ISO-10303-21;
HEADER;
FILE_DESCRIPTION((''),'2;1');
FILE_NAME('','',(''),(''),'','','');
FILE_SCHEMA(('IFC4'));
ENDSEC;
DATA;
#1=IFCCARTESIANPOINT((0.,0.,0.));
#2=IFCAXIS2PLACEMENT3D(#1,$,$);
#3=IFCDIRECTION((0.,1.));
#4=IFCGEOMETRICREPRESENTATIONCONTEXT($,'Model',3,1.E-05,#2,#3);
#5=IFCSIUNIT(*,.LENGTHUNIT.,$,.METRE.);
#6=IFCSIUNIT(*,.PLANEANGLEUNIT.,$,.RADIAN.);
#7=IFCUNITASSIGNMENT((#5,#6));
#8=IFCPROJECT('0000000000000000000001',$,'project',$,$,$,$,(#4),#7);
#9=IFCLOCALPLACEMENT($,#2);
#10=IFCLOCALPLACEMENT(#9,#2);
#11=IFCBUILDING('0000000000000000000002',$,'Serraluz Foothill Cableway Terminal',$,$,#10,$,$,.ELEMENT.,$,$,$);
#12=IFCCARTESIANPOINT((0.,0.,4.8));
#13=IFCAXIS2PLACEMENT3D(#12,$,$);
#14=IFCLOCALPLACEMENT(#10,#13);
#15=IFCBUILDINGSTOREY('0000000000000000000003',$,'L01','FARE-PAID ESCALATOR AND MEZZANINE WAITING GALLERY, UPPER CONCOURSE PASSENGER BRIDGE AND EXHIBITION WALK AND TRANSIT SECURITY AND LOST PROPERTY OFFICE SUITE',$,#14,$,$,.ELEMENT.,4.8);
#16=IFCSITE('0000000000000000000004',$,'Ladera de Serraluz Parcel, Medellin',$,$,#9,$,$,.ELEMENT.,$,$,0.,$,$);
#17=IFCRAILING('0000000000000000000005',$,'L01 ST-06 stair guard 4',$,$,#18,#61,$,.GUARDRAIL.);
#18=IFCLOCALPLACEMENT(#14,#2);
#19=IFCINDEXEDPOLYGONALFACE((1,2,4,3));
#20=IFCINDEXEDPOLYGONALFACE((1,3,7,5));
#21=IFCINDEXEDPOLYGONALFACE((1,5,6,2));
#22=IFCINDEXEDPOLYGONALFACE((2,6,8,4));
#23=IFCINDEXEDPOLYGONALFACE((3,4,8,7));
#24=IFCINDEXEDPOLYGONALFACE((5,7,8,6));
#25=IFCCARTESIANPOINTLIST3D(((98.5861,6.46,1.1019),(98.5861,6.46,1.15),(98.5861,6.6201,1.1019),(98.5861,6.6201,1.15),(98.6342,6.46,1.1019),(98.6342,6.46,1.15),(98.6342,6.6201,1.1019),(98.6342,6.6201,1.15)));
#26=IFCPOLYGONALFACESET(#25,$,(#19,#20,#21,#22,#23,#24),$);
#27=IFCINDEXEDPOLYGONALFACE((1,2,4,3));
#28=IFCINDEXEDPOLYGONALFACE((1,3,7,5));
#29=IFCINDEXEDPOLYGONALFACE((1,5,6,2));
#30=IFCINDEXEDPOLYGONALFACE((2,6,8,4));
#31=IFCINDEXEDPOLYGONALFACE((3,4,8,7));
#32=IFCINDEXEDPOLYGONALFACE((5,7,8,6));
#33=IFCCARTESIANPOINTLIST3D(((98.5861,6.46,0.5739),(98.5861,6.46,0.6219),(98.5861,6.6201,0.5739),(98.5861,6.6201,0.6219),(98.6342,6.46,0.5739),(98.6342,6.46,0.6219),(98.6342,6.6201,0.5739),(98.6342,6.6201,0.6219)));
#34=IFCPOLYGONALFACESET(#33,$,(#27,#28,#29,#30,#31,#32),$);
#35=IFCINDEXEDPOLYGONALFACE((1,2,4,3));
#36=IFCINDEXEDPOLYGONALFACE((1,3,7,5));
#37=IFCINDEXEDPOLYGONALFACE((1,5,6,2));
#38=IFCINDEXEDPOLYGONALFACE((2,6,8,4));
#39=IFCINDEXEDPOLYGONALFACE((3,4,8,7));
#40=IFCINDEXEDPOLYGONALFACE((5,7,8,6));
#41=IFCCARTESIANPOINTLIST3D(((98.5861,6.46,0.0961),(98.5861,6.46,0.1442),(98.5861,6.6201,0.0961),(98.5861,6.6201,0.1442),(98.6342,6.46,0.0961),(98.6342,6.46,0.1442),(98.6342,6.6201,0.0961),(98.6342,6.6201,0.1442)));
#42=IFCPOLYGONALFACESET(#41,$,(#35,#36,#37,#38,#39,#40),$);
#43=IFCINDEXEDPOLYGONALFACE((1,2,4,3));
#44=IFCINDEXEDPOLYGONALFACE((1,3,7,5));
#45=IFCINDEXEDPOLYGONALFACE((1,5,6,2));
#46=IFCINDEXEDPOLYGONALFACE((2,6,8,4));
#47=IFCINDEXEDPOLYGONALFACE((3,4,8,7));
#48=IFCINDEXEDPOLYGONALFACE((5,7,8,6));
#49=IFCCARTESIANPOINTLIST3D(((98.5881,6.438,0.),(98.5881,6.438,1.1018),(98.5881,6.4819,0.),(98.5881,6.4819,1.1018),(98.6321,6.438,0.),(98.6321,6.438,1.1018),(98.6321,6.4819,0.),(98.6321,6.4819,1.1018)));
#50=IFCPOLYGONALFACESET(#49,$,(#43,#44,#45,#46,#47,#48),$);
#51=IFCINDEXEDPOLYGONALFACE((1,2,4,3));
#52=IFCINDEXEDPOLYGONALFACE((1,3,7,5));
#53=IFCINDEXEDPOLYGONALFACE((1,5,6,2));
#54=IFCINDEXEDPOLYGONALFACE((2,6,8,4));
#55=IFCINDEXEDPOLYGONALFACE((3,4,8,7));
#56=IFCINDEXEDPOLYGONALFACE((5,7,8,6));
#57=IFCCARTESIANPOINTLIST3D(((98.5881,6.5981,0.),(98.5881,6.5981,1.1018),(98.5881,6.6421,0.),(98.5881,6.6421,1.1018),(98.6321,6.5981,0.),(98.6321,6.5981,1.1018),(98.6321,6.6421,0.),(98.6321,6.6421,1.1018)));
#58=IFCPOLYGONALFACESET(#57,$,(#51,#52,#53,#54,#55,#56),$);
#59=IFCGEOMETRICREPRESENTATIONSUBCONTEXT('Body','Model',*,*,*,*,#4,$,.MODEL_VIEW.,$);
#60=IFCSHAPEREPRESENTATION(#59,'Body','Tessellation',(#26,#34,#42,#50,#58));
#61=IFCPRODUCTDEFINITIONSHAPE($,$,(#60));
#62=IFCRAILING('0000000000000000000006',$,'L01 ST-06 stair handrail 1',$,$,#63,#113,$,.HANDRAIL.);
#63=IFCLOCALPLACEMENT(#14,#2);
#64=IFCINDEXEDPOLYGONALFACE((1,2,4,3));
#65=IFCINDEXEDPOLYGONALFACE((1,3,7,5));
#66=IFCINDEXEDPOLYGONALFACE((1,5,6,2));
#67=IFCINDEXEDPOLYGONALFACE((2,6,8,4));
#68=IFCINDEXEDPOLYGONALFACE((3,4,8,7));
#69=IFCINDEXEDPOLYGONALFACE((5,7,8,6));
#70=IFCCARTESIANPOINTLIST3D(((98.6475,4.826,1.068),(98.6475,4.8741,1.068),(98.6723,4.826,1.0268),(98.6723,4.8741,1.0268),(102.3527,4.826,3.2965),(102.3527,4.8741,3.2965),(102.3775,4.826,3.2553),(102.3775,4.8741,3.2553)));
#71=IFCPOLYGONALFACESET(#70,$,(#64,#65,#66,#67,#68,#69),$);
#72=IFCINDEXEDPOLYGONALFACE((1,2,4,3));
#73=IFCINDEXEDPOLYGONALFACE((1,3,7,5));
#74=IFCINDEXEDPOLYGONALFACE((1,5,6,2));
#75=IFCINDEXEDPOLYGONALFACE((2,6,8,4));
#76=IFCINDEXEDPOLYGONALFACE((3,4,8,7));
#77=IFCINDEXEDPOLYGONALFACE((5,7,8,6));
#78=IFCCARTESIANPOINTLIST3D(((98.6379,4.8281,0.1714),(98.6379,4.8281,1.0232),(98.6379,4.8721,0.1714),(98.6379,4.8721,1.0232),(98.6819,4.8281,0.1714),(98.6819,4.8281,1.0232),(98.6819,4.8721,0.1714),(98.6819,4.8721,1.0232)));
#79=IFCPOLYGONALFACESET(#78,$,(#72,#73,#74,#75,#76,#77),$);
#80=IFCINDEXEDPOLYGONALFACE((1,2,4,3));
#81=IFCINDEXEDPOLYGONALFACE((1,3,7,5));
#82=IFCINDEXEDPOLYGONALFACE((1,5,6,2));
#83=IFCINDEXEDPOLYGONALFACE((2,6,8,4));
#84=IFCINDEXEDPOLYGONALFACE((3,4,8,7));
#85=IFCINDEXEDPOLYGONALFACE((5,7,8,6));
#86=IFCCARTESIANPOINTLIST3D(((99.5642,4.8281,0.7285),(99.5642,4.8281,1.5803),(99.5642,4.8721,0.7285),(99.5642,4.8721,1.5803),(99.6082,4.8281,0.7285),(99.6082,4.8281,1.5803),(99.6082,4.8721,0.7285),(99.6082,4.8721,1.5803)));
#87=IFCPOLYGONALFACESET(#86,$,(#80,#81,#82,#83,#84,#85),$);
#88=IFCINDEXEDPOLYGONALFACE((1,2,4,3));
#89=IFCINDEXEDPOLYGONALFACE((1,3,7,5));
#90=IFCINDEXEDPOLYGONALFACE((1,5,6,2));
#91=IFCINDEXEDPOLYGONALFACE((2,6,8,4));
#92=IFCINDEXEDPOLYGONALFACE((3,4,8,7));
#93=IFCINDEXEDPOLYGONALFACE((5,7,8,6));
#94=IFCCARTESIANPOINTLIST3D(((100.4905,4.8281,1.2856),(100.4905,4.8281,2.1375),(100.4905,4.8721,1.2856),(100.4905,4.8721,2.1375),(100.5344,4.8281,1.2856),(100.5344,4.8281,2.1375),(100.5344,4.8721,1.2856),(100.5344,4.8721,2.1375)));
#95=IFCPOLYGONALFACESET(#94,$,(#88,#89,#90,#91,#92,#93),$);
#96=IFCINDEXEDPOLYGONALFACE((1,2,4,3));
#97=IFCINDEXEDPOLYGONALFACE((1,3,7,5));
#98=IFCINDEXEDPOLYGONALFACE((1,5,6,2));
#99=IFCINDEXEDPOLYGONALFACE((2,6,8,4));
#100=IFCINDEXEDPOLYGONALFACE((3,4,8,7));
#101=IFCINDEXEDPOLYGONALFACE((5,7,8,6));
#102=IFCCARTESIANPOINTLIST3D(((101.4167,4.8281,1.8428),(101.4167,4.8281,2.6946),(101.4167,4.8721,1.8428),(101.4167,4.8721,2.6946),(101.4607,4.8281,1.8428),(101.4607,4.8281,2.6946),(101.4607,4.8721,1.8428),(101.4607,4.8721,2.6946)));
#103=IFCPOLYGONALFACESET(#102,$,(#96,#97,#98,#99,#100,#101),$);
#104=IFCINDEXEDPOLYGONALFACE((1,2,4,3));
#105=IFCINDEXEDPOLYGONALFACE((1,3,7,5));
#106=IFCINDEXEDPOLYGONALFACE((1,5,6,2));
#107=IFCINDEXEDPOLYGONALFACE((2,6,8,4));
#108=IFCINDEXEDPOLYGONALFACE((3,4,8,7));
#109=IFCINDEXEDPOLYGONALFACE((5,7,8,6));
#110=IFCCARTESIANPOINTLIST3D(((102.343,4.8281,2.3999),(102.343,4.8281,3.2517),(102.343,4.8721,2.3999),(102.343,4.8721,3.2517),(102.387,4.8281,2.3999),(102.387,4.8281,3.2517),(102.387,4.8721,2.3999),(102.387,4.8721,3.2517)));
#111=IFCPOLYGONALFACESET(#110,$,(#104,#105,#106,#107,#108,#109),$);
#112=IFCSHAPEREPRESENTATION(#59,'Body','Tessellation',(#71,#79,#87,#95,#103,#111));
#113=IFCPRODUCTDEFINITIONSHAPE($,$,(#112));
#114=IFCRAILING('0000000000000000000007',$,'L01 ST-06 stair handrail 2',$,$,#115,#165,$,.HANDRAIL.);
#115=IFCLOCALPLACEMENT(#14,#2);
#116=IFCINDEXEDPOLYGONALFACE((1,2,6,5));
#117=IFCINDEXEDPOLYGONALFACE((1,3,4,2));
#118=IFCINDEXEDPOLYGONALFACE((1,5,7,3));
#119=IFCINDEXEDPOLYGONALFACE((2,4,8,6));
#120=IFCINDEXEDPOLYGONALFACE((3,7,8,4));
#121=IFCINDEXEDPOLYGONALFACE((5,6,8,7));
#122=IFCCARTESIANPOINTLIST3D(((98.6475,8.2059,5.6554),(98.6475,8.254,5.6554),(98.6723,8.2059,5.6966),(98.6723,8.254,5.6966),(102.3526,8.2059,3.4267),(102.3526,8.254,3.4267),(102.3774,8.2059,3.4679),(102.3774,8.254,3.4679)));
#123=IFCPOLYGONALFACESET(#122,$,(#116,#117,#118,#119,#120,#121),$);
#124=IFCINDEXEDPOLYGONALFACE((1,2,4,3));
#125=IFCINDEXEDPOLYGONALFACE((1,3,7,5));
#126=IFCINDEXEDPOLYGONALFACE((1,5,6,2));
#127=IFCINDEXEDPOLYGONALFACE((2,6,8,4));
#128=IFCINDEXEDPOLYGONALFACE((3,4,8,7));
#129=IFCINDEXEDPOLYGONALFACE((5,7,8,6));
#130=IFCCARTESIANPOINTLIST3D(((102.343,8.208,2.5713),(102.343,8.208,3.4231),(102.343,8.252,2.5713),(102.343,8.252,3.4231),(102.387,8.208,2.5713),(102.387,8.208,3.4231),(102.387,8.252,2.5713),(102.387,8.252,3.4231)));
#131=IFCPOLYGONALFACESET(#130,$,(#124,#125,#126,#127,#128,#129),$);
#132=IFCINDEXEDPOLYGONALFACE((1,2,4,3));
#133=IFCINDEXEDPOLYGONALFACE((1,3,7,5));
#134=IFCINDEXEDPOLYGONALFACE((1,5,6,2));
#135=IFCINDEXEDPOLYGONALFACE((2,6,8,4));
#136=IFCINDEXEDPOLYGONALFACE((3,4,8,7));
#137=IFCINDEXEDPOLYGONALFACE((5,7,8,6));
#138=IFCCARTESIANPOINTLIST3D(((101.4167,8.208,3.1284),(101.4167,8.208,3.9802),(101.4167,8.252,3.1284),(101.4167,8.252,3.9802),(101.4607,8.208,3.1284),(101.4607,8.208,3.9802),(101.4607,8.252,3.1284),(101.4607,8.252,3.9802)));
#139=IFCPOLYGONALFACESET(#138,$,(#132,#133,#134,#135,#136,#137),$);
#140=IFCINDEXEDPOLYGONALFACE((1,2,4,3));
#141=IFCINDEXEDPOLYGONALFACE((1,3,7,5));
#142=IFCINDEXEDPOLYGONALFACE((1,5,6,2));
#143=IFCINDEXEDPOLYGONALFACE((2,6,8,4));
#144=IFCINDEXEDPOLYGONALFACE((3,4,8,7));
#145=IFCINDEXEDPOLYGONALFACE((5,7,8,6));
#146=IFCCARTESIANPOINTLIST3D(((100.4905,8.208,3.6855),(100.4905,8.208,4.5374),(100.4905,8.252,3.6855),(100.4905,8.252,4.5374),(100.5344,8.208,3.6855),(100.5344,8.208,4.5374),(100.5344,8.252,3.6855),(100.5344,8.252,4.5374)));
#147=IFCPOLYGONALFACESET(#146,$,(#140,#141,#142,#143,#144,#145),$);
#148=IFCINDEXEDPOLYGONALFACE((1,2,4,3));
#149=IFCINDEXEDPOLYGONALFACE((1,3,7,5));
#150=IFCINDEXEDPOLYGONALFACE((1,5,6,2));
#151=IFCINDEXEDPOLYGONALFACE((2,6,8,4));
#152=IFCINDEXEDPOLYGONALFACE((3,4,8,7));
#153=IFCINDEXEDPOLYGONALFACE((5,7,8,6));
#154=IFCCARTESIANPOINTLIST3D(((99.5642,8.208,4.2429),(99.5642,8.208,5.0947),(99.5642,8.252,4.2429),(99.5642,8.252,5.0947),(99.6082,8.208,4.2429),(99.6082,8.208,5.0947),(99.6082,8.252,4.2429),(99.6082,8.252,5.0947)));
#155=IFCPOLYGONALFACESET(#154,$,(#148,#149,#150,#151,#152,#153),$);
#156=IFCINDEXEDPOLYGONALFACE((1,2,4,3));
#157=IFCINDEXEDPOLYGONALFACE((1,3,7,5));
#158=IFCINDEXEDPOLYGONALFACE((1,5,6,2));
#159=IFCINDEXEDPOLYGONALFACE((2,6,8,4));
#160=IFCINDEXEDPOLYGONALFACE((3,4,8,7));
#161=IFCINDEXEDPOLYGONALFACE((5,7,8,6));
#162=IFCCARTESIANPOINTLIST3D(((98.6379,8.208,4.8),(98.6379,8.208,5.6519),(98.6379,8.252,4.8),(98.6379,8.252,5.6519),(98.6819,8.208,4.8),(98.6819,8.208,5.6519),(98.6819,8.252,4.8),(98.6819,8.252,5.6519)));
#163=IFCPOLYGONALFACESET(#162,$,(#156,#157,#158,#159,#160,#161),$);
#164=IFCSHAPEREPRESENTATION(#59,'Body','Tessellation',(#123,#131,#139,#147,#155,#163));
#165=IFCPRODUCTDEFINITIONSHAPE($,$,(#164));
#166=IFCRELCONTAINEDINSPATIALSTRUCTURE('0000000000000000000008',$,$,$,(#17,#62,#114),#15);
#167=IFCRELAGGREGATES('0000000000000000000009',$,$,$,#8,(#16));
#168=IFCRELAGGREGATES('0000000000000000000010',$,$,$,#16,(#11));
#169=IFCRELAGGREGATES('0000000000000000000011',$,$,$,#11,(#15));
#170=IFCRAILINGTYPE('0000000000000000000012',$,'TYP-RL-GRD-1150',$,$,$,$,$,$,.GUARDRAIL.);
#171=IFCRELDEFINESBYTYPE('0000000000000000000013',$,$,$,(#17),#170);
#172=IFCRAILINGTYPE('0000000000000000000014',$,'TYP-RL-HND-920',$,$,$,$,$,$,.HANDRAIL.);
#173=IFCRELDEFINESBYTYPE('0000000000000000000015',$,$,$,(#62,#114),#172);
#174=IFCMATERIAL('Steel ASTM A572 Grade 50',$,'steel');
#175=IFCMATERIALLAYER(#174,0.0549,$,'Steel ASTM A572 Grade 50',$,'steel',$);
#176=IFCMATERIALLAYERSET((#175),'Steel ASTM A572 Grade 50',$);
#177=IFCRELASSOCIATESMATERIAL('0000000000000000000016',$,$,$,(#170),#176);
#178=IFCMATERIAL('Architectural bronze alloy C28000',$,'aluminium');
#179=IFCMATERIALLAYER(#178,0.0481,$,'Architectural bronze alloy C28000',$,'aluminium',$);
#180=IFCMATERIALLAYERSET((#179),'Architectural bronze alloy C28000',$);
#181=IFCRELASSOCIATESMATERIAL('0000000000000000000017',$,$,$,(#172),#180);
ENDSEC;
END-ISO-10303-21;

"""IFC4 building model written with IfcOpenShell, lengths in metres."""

from ifc_helpers import new_model, si_unit, direction, frame, origin, origin_2d, place, context, subcontext, project, spatial, rectangle, extrude, material, layer, layer_set, type_object, element, save


model = new_model("IFC4")

# Units and contexts
model_context = context("Model", 3, precision=1e-05, world=origin(), true_north=direction((0.0, 1.0)))
body_context = subcontext(model_context, "Body", "Model", "MODEL_VIEW")
ifc_project = project(units=[si_unit("LENGTHUNIT", "METRE"), si_unit("PLANEANGLEUNIT", "RADIAN")], contexts=[model_context])

# Site, building, storey
site_placement = place(None, origin())
site = spatial("IfcSite", under=ifc_project, at=site_placement, Name="Ladera de Serraluz Parcel, Medellin", CompositionType="ELEMENT", RefElevation=0.0)
building_placement = place(site_placement, origin())
building = spatial("IfcBuilding", under=site, at=building_placement, Name="Serraluz Foothill Cableway Terminal", CompositionType="ELEMENT")
storey_placement = place(building_placement, frame((0.0, 0.0, 4.8)))
storey = spatial("IfcBuildingStorey", under=building, at=storey_placement, Name="L01", Description="FARE-PAID ESCALATOR AND MEZZANINE WAITING GALLERY, UPPER CONCOURSE PASSENGER BRIDGE AND EXHIBITION WALK AND TRANSIT SECURITY AND LOST PROPERTY OFFICE SUITE", CompositionType="ELEMENT", Elevation=4.8)

# Railings
ifc_material_1 = material(Name="Steel ASTM A572 Grade 50", Category="steel")
ifc_layer_1 = layer(ifc_material_1, 0.0549, Name="Steel ASTM A572 Grade 50", Category="steel")
ifc_layer_set_1 = layer_set([ifc_layer_1], Name="Steel ASTM A572 Grade 50")
railing_type_1 = type_object("IfcRailingType", Name="TYP-RL-GRD-1150", PredefinedType="GUARDRAIL", material=ifc_layer_set_1)
railing_1_placement = place(storey_placement, frame((98.6101, 6.46, 0.0)))
element("IfcRailing", 1, at=railing_1_placement, inside=storey, type_object=railing_type_1, Name="L01 ST-06 stair guard 4", PredefinedType="GUARDRAIL", context=body_context, shape_type="SweptSolid", body=[
    extrude(rectangle(XDim=0.0481, YDim=0.0481, at=origin_2d()), frame((0.0, 0.0, 1.126), z_axis=(0.0, 1.0, 0.0), x_axis=(-1.0, 0.0, 0.0)), (0.0, 0.0, 1.0), 0.1602),
    extrude(rectangle(XDim=0.0481, YDim=0.0481, at=origin_2d()), frame((0.0, 0.0, 0.5979), z_axis=(0.0, 1.0, 0.0), x_axis=(-1.0, 0.0, 0.0)), (0.0, 0.0, 1.0), 0.1602),
    extrude(rectangle(XDim=0.0481, YDim=0.0481, at=origin_2d()), frame((0.0, 0.0, 0.1201), z_axis=(0.0, 1.0, 0.0), x_axis=(-1.0, 0.0, 0.0)), (0.0, 0.0, 1.0), 0.1602),
    extrude(rectangle(XDim=0.0439, YDim=0.0439, at=origin_2d()), origin(), (0.0, 0.0, 1.0), 1.1018),
    extrude(rectangle(XDim=0.0439, YDim=0.0439, at=origin_2d()), frame((0.0, 0.1602, 0.0)), (0.0, 0.0, 1.0), 1.1018),
])
ifc_material_2 = material(Name="Architectural bronze alloy C28000", Category="aluminium")
ifc_layer_2 = layer(ifc_material_2, 0.0481, Name="Architectural bronze alloy C28000", Category="aluminium")
ifc_layer_set_2 = layer_set([ifc_layer_2], Name="Architectural bronze alloy C28000")
railing_type_2 = type_object("IfcRailingType", Name="TYP-RL-HND-920", PredefinedType="HANDRAIL", material=ifc_layer_set_2)
railing_2_placement = place(storey_placement, frame((98.6599, 4.8501, 0.1714)))
element("IfcRailing", 2, at=railing_2_placement, inside=storey, type_object=railing_type_2, Name="L01 ST-06 stair handrail 1", PredefinedType="HANDRAIL", context=body_context, shape_type="SweptSolid", body=[
    extrude(rectangle(XDim=0.0481, YDim=0.0481, at=origin_2d()), frame((0.0, 0.0, 0.876), z_axis=(0.856934, 0.0, 0.515425), x_axis=(0.0, 1.0, 0.0)), (0.0, 0.0, 1.0), 4.3237),
    extrude(rectangle(XDim=0.0439, YDim=0.0439, at=origin_2d()), origin(), (0.0, 0.0, 1.0), 0.8518),
    extrude(rectangle(XDim=0.0439, YDim=0.0439, at=origin_2d()), frame((0.9263, 0.0, 0.5571)), (0.0, 0.0, 1.0), 0.8518),
    extrude(rectangle(XDim=0.0439, YDim=0.0439, at=origin_2d()), frame((1.8525, 0.0, 1.1143)), (0.0, 0.0, 1.0), 0.8518),
    extrude(rectangle(XDim=0.0439, YDim=0.0439, at=origin_2d()), frame((2.7788, 0.0, 1.6714)), (0.0, 0.0, 1.0), 0.8518),
    extrude(rectangle(XDim=0.0439, YDim=0.0439, at=origin_2d()), frame((3.7051, 0.0, 2.2285)), (0.0, 0.0, 1.0), 0.8518),
])
railing_3_placement = place(storey_placement, frame((102.365, 8.23, 2.5713)))
element("IfcRailing", 3, at=railing_3_placement, inside=storey, type_object=railing_type_2, Name="L01 ST-06 stair handrail 2", PredefinedType="HANDRAIL", context=body_context, shape_type="SweptSolid", body=[
    extrude(rectangle(XDim=0.0481, YDim=0.0481, at=origin_2d()), frame((0.0, 0.0, 0.876), z_axis=(-0.856909, 0.0, 0.515467), x_axis=(0.0, -1.0, 0.0)), (0.0, 0.0, 1.0), 4.3237),
    extrude(rectangle(XDim=0.0439, YDim=0.0439, at=origin_2d()), origin(), (0.0, 0.0, 1.0), 0.8518),
    extrude(rectangle(XDim=0.0439, YDim=0.0439, at=origin_2d()), frame((-0.9263, 0.0, 0.5571)), (0.0, 0.0, 1.0), 0.8518),
    extrude(rectangle(XDim=0.0439, YDim=0.0439, at=origin_2d()), frame((-1.8525, 0.0, 1.1143)), (0.0, 0.0, 1.0), 0.8518),
    extrude(rectangle(XDim=0.0439, YDim=0.0439, at=origin_2d()), frame((-2.7788, 0.0, 1.6716)), (0.0, 0.0, 1.0), 0.8518),
    extrude(rectangle(XDim=0.0439, YDim=0.0439, at=origin_2d()), frame((-3.7051, 0.0, 2.2288)), (0.0, 0.0, 1.0), 0.8518),
])

save(model, "model.ifc")
